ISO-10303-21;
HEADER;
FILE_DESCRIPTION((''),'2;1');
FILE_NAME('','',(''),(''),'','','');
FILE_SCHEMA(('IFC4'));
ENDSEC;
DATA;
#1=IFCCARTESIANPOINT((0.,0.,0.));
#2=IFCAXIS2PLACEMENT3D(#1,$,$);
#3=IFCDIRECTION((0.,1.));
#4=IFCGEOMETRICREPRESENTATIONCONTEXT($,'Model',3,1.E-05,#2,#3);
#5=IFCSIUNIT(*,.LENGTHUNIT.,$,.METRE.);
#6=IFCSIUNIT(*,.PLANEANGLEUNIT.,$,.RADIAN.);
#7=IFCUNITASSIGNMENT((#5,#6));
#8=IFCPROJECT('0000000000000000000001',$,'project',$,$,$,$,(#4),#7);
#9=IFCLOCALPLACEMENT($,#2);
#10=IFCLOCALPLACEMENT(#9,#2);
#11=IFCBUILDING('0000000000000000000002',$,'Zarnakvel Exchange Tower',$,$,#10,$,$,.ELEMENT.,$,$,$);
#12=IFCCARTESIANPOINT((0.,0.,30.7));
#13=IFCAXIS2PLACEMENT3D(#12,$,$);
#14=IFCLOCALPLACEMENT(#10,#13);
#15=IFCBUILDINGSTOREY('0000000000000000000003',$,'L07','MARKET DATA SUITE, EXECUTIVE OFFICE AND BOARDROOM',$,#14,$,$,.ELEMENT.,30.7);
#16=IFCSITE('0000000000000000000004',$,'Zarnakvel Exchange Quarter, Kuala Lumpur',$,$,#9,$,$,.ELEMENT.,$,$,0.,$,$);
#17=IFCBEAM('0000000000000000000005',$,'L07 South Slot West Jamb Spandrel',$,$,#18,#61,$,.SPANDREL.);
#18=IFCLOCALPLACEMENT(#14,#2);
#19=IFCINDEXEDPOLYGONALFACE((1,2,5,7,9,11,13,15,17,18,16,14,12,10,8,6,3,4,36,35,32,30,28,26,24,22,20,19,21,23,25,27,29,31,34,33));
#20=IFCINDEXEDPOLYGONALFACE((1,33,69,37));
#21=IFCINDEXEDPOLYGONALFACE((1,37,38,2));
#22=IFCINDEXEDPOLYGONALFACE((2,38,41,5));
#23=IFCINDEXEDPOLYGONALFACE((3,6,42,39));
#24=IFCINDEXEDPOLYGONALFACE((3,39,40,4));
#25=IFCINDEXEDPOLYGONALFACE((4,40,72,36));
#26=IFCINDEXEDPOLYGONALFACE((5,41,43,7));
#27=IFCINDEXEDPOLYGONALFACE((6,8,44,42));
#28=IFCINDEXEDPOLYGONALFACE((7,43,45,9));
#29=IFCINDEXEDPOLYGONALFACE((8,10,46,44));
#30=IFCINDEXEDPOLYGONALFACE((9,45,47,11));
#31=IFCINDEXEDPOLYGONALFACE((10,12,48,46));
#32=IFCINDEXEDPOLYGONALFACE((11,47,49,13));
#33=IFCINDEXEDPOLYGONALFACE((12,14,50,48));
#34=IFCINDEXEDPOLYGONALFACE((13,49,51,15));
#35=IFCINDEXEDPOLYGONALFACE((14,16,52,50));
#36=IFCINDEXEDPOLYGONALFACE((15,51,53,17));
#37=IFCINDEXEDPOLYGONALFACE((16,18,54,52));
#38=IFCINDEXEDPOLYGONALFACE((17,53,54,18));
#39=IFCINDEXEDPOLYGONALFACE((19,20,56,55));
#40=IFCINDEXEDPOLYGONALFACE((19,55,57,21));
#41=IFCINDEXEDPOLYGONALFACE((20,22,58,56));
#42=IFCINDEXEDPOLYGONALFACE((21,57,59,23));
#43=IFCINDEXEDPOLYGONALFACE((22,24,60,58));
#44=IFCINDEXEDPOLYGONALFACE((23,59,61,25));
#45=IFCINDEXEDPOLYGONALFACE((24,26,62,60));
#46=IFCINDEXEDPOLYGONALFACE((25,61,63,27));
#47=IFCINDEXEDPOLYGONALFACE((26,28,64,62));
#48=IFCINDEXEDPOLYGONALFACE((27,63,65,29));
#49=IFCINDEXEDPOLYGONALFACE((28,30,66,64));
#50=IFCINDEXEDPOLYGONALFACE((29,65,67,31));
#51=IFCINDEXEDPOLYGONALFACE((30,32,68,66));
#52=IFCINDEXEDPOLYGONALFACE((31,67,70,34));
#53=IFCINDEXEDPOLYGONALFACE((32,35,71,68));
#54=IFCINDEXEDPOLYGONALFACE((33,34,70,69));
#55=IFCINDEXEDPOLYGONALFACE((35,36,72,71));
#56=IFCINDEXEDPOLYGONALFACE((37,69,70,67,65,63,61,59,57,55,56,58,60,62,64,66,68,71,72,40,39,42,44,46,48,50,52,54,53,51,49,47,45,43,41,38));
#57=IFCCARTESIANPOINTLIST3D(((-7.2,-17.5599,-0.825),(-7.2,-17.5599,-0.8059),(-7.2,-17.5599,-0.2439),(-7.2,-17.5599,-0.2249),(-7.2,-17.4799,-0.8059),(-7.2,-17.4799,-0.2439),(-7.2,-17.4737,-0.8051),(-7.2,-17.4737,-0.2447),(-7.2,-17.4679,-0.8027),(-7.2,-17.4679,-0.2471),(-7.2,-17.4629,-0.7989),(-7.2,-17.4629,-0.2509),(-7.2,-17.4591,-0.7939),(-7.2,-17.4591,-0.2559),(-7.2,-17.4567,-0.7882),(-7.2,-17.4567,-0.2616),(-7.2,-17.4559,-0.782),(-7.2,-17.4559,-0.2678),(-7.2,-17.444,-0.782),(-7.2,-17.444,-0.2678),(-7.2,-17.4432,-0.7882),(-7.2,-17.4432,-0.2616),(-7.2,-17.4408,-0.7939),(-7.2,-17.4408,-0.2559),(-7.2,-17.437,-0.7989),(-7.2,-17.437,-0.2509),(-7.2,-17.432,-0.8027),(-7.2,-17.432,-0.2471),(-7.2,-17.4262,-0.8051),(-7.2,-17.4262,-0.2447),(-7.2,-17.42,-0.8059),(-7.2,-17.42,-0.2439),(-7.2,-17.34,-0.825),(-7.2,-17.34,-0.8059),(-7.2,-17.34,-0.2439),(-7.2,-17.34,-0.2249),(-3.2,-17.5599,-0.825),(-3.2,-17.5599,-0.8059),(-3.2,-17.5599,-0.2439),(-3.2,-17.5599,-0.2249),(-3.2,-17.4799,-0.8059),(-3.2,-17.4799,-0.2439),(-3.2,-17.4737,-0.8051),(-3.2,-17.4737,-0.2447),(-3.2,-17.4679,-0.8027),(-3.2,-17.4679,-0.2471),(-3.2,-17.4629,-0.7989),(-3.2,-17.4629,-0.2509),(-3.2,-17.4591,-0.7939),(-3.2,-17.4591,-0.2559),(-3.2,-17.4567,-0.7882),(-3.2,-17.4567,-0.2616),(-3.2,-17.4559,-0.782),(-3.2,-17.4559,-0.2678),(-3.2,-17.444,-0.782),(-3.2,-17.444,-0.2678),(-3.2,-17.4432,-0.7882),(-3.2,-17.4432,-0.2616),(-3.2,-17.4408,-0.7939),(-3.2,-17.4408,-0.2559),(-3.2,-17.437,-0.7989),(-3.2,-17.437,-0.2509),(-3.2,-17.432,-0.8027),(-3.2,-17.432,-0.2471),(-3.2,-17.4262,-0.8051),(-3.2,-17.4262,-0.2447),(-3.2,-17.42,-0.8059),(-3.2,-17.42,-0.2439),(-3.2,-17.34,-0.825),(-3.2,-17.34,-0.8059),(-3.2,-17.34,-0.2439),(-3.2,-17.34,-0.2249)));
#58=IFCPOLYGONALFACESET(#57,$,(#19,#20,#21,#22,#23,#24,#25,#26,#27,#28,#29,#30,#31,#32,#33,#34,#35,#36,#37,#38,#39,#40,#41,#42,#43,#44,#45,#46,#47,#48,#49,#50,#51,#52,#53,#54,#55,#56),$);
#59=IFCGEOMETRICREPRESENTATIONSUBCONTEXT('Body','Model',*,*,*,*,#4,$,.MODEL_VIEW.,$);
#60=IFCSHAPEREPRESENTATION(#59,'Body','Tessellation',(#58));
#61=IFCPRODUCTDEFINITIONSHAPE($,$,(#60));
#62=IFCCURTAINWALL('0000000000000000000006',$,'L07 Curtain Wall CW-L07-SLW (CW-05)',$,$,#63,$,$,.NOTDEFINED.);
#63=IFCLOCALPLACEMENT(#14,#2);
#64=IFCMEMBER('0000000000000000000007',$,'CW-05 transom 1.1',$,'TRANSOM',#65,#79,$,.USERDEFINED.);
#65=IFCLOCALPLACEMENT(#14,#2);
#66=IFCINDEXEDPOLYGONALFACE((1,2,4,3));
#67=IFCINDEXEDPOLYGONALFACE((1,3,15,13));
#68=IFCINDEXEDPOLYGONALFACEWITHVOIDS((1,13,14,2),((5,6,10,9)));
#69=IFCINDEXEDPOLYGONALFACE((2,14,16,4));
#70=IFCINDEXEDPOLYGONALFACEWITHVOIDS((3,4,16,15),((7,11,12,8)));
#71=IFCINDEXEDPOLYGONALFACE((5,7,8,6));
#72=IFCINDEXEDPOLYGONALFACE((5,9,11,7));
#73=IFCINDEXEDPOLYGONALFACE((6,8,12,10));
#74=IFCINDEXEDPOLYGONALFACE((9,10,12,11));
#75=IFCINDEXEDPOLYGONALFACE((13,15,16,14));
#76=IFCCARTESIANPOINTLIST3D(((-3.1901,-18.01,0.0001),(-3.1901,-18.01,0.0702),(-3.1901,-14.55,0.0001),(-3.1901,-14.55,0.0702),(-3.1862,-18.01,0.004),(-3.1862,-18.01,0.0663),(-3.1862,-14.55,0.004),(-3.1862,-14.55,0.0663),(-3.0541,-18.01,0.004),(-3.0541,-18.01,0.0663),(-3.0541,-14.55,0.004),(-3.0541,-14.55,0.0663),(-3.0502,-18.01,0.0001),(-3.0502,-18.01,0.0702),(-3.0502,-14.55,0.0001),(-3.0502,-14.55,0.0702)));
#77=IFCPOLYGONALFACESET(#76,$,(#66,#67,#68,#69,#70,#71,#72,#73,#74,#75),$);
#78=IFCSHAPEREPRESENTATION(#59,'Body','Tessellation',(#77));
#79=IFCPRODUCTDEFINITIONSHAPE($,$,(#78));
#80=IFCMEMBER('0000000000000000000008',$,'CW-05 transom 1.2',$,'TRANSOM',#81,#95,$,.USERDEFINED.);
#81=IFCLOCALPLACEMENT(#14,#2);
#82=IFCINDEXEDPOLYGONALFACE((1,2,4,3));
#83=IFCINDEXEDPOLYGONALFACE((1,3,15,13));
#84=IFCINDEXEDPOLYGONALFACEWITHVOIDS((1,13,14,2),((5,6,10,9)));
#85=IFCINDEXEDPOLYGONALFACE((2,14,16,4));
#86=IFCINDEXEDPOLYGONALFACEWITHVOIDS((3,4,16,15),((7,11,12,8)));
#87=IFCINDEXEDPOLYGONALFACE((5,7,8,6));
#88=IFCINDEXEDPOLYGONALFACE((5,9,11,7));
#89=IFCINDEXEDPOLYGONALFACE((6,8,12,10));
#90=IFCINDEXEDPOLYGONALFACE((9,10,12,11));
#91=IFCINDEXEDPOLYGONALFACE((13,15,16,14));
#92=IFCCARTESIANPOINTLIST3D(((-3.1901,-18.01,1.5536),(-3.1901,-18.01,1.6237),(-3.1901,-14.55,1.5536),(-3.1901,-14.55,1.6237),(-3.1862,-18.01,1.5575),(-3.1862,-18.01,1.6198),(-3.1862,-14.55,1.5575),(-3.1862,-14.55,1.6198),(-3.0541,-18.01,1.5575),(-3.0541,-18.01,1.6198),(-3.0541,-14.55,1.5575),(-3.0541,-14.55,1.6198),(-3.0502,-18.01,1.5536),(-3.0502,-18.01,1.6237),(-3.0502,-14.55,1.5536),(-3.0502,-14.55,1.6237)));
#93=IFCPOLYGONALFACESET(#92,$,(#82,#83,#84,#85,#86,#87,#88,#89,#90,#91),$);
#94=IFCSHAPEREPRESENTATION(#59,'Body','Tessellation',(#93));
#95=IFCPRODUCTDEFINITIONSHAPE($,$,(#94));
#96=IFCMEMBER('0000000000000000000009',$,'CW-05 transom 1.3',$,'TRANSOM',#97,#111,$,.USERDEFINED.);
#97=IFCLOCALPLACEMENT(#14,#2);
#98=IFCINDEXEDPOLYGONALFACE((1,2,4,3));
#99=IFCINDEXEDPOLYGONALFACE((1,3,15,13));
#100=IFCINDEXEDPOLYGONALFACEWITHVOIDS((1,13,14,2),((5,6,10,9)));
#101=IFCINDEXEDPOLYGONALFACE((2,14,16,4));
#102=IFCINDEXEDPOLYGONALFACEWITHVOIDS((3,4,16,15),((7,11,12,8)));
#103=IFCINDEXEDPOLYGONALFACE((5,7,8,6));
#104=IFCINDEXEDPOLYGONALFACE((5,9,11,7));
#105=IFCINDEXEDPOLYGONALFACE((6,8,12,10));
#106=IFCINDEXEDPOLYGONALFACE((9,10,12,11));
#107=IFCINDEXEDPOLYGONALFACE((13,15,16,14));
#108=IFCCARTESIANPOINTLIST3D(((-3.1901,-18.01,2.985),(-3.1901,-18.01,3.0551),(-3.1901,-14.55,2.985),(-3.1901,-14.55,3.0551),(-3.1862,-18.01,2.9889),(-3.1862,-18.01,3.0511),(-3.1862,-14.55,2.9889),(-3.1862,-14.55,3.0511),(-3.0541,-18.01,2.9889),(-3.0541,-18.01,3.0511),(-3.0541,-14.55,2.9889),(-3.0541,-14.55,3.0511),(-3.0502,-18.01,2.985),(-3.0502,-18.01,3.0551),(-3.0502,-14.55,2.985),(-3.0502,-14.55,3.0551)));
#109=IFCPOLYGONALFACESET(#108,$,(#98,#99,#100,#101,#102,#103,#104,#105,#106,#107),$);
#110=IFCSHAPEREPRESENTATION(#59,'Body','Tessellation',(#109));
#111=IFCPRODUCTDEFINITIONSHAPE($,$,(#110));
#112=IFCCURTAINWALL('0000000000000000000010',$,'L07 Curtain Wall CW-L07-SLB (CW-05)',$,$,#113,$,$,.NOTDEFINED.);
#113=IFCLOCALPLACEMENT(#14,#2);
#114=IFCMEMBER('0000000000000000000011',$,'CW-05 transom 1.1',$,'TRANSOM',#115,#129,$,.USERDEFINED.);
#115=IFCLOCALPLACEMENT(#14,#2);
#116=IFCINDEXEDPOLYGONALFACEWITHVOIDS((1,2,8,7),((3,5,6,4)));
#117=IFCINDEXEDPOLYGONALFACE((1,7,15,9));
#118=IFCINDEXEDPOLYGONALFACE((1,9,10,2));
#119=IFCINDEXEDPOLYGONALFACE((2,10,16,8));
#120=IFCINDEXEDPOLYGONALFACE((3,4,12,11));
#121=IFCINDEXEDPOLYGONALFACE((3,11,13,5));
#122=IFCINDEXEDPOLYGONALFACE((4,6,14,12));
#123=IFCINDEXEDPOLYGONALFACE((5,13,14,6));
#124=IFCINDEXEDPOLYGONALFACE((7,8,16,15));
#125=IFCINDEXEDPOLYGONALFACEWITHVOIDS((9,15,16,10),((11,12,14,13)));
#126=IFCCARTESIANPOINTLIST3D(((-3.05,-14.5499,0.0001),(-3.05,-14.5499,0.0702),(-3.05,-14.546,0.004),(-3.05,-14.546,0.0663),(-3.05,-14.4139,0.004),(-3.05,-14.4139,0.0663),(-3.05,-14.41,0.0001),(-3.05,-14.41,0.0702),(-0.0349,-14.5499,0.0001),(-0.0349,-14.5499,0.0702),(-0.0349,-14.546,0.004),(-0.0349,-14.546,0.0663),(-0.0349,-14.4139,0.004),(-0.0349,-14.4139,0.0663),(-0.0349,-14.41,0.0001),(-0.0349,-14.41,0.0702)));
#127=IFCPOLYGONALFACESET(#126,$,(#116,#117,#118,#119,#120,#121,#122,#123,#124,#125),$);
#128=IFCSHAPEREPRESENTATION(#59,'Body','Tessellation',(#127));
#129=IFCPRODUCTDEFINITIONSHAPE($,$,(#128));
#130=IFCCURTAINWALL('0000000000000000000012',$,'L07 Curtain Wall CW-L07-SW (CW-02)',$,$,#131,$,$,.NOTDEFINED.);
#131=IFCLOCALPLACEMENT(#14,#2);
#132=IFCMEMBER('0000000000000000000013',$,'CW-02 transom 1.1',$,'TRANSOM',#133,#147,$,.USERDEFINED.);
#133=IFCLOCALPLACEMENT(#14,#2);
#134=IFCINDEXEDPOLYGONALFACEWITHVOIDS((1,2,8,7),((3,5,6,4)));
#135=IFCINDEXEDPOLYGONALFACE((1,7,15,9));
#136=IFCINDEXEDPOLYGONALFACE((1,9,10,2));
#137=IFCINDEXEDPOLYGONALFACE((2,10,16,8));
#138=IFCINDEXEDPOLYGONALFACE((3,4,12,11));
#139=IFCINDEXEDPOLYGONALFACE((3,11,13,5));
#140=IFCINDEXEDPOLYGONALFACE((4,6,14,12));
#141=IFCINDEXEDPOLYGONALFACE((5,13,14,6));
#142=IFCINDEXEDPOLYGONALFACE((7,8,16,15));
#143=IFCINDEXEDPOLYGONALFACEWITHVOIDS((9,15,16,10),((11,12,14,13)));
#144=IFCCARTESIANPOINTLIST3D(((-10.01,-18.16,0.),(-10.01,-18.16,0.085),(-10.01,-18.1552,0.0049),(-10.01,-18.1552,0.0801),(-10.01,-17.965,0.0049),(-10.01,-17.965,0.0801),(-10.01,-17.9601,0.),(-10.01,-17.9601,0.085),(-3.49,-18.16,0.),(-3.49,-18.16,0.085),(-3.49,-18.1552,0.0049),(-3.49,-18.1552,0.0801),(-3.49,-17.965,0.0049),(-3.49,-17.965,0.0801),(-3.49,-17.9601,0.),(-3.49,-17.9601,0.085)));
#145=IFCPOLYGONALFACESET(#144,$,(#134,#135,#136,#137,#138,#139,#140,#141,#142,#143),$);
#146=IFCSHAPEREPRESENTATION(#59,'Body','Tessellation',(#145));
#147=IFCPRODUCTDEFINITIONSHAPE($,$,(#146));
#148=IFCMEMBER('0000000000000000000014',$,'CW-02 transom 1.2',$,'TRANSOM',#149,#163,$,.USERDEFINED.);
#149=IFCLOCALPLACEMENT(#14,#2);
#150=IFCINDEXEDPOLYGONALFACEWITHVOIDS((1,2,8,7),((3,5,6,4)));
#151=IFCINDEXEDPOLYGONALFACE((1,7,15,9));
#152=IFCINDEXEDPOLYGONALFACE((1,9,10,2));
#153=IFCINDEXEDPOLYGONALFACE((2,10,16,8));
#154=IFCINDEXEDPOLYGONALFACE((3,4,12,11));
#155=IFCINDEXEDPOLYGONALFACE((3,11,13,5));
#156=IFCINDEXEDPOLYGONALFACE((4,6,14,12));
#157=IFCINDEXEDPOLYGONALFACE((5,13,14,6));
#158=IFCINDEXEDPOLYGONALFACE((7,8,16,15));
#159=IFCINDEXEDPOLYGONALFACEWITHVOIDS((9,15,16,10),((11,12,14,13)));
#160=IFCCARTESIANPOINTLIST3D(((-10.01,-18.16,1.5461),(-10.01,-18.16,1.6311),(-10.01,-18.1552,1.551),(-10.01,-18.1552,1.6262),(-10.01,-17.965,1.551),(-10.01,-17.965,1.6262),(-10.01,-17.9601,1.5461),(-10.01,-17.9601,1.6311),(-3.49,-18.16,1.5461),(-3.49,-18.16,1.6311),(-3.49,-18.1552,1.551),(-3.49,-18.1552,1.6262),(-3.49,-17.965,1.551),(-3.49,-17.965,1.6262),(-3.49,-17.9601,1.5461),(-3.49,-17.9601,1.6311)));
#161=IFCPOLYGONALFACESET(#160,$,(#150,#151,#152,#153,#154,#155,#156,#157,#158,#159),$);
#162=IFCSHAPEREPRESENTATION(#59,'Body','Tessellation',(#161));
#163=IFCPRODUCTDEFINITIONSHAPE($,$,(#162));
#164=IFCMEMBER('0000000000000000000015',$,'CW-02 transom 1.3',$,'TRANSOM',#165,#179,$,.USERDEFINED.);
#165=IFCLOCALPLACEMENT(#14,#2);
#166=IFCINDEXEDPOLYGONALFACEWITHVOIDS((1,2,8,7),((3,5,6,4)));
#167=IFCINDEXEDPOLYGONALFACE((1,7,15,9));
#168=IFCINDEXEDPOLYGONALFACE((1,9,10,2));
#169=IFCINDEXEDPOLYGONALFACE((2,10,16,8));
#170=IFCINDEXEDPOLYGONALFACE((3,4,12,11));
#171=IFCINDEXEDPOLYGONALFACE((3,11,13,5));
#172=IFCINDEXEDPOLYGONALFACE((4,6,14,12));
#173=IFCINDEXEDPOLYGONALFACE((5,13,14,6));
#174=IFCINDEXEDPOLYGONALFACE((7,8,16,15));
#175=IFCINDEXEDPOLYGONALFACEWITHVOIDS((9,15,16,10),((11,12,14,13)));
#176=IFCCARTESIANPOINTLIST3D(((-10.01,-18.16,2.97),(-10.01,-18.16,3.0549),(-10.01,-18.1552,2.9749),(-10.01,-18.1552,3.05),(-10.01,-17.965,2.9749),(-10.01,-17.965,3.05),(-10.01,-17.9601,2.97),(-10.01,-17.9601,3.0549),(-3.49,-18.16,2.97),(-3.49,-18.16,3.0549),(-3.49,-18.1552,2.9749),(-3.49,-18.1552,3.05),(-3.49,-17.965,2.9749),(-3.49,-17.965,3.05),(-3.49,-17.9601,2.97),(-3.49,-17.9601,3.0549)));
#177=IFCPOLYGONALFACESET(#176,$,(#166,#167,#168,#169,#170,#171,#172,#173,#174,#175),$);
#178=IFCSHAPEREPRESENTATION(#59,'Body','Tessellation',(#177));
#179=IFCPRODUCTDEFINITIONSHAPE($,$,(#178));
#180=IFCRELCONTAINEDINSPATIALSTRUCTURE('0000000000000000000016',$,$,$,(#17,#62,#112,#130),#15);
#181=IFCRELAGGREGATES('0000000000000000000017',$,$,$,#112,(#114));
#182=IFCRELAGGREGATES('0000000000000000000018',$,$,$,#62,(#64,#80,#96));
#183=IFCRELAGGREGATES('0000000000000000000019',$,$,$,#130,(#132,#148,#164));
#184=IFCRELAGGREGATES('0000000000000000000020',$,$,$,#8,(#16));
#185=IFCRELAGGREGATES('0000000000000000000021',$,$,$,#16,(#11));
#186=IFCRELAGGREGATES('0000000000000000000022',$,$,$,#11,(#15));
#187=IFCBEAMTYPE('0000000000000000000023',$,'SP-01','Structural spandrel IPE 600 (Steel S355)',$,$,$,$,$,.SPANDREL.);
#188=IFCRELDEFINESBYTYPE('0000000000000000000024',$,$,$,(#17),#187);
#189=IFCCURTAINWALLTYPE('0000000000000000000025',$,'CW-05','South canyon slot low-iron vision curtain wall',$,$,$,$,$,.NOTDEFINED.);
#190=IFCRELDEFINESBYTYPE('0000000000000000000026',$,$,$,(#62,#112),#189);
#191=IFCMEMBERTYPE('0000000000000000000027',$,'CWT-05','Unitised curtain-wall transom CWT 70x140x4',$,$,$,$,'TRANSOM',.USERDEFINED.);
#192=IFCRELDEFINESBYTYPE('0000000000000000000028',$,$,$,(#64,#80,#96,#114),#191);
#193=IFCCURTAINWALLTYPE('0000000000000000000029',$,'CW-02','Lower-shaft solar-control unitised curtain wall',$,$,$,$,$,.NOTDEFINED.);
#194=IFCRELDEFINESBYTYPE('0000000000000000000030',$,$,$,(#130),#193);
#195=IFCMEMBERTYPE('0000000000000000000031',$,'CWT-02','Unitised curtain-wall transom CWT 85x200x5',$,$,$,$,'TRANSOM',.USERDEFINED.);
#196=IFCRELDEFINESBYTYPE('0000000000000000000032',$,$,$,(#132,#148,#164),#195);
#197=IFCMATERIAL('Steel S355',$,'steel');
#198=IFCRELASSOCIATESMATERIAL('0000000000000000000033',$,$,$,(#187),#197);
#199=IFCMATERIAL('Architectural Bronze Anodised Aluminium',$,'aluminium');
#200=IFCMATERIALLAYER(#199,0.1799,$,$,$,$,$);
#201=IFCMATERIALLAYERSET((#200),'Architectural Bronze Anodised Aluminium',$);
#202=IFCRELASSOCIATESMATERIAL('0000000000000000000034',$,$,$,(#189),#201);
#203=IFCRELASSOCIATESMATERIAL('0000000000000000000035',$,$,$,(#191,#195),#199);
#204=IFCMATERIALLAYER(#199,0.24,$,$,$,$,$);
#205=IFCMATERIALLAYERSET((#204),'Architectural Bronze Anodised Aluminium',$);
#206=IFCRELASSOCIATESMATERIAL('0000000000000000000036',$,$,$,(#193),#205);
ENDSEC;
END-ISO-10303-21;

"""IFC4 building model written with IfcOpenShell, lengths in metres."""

from ifc_helpers import new_model, si_unit, direction, frame, origin, origin_2d, place, context, subcontext, project, spatial, hollow_rectangle, i_section, extrude, source, transform, mapped, material, layer, layer_set, material_profile, profile_set, type_object, element, aggregate, save


model = new_model("IFC4")

# Units and contexts
model_context = context("Model", 3, precision=1e-05, world=origin(), true_north=direction((0.0, 1.0)))
body_context = subcontext(model_context, "Body", "Model", "MODEL_VIEW")
ifc_project = project(units=[si_unit("LENGTHUNIT", "METRE"), si_unit("PLANEANGLEUNIT", "RADIAN")], contexts=[model_context])

# Site, building, storey
site_placement = place(None, origin())
site = spatial("IfcSite", under=ifc_project, at=site_placement, Name="Zarnakvel Exchange Quarter, Kuala Lumpur", CompositionType="ELEMENT", RefElevation=0.0)
building_placement = place(site_placement, origin())
building = spatial("IfcBuilding", under=site, at=building_placement, Name="Zarnakvel Exchange Tower", CompositionType="ELEMENT")
storey_placement = place(building_placement, frame((0.0, 0.0, 30.7)))
storey = spatial("IfcBuildingStorey", under=building, at=storey_placement, Name="L07", Description="MARKET DATA SUITE, EXECUTIVE OFFICE AND BOARDROOM", CompositionType="ELEMENT", Elevation=30.7)

# Beam
ifc_material_1 = material(Name="Steel S355", Category="steel")
ifc_material_profile_1 = material_profile(ifc_material_1, i_section(OverallWidth=0.22, OverallDepth=0.6001, WebThickness=0.012, FlangeThickness=0.019, FilletRadius=0.0239, at=origin_2d()))
ifc_profile_set_1 = profile_set([ifc_material_profile_1], Name="Steel S355")
beam_type_1 = type_object("IfcBeamType", Name="SP-01", Description="Structural spandrel IPE 600 (Steel S355)", PredefinedType="SPANDREL", material=ifc_profile_set_1)
beam_1_placement = place(storey_placement, frame((-7.2, -17.45, -0.5249), z_axis=(1.0, 0.0, 0.0), x_axis=(0.0, 1.0, 0.0)))
element("IfcBeam", 1, at=beam_1_placement, inside=storey, type_object=beam_type_1, Name="L07 South Slot West Jamb Spandrel", PredefinedType="SPANDREL", context=body_context, shape_type="SweptSolid", body=[
    extrude(i_section(OverallWidth=0.22, OverallDepth=0.6001, WebThickness=0.012, FlangeThickness=0.019, FilletRadius=0.0239, at=origin_2d()), origin(), (0.0, 0.0, 1.0), 4.0),
])

# Curtain wall, members
ifc_material_2 = material(Name="Architectural Bronze Anodised Aluminium", Category="aluminium")
ifc_layer_1 = layer(ifc_material_2, 0.1799)
ifc_layer_set_1 = layer_set([ifc_layer_1], Name="Architectural Bronze Anodised Aluminium")
curtain_wall_type_1 = type_object("IfcCurtainWallType", Name="CW-05", Description="South canyon slot low-iron vision curtain wall", PredefinedType="NOTDEFINED", material=ifc_layer_set_1)
curtain_wall_1_placement = place(storey_placement, origin())
curtain_wall_1 = element("IfcCurtainWall", 2, at=curtain_wall_1_placement, inside=storey, type_object=curtain_wall_type_1, Name="L07 Curtain Wall CW-L07-SLW (CW-05)", PredefinedType="NOTDEFINED")
ifc_material_profile_2 = material_profile(ifc_material_2, hollow_rectangle(XDim=0.1399, YDim=0.0701, WallThickness=0.0039, at=origin_2d()))
ifc_profile_set_2 = profile_set([ifc_material_profile_2], Name="Architectural Bronze Anodised Aluminium")
member_type_1 = type_object("IfcMemberType", Name="CWT-05", Description="Unitised curtain-wall transom CWT 70x140x4", ElementType="TRANSOM", PredefinedType="USERDEFINED", material=ifc_profile_set_2)
shared_shape_1 = source(origin(), body_context, "Body", "SweptSolid", [
    extrude(hollow_rectangle(XDim=0.1399, YDim=0.0701, WallThickness=0.0039, at=origin_2d()), origin(), (0.0, 0.0, 1.0), 3.46),
])
member_1_placement = place(storey_placement, frame((-3.1201, -18.01, 0.0352), z_axis=(0.0, 1.0, 0.0), x_axis=(-1.0, 0.0, 0.0)))
member_1 = element("IfcMember", 3, at=member_1_placement, type_object=member_type_1, Name="CW-05 transom 1.1", ObjectType="TRANSOM", PredefinedType="USERDEFINED", context=body_context, shape_type="MappedRepresentation", body=[
    mapped(shared_shape_1, transform((0.0, 0.0, 0.0), x_axis=(1.0, 0.0, 0.0), y_axis=(0.0, 1.0, 0.0), z_axis=(0.0, 0.0, 1.0), scale=1.0)),
])
member_2_placement = place(storey_placement, frame((-3.1201, -18.01, 1.5886), z_axis=(0.0, 1.0, 0.0), x_axis=(-1.0, 0.0, 0.0)))
member_2 = element("IfcMember", 4, at=member_2_placement, type_object=member_type_1, Name="CW-05 transom 1.2", ObjectType="TRANSOM", PredefinedType="USERDEFINED", context=body_context, shape_type="MappedRepresentation", body=[
    mapped(shared_shape_1, transform((0.0, 0.0, 0.0), x_axis=(1.0, 0.0, 0.0), y_axis=(0.0, 1.0, 0.0), z_axis=(0.0, 0.0, 1.0), scale=1.0)),
])
member_3_placement = place(storey_placement, frame((-3.1201, -18.01, 3.02), z_axis=(0.0, 1.0, 0.0), x_axis=(-1.0, 0.0, 0.0)))
member_3 = element("IfcMember", 5, at=member_3_placement, type_object=member_type_1, Name="CW-05 transom 1.3", ObjectType="TRANSOM", PredefinedType="USERDEFINED", context=body_context, shape_type="MappedRepresentation", body=[
    mapped(shared_shape_1, transform((0.0, 0.0, 0.0), x_axis=(1.0, 0.0, 0.0), y_axis=(0.0, 1.0, 0.0), z_axis=(0.0, 0.0, 1.0), scale=1.0)),
])

# Curtain wall, member
curtain_wall_2_placement = place(storey_placement, origin())
curtain_wall_2 = element("IfcCurtainWall", 6, at=curtain_wall_2_placement, inside=storey, type_object=curtain_wall_type_1, Name="L07 Curtain Wall CW-L07-SLB (CW-05)", PredefinedType="NOTDEFINED")
shared_shape_2 = source(origin(), body_context, "Body", "SweptSolid", [
    extrude(hollow_rectangle(XDim=0.1399, YDim=0.0701, WallThickness=0.0039, at=origin_2d()), origin(), (0.0, 0.0, 1.0), 3.0151),
])
member_4_placement = place(storey_placement, frame((-3.05, -14.48, 0.0352), z_axis=(1.0, 0.0, 0.0), x_axis=(0.0, 1.0, 0.0)))
member_4 = element("IfcMember", 7, at=member_4_placement, type_object=member_type_1, Name="CW-05 transom 1.1", ObjectType="TRANSOM", PredefinedType="USERDEFINED", context=body_context, shape_type="MappedRepresentation", body=[
    mapped(shared_shape_2, transform((0.0, 0.0, 0.0), x_axis=(1.0, 0.0, 0.0), y_axis=(0.0, 1.0, 0.0), z_axis=(0.0, 0.0, 1.0), scale=1.0)),
])

# Curtain wall, members
ifc_layer_2 = layer(ifc_material_2, 0.24)
ifc_layer_set_2 = layer_set([ifc_layer_2], Name="Architectural Bronze Anodised Aluminium")
curtain_wall_type_2 = type_object("IfcCurtainWallType", Name="CW-02", Description="Lower-shaft solar-control unitised curtain wall", PredefinedType="NOTDEFINED", material=ifc_layer_set_2)
curtain_wall_3_placement = place(storey_placement, origin())
curtain_wall_3 = element("IfcCurtainWall", 8, at=curtain_wall_3_placement, inside=storey, type_object=curtain_wall_type_2, Name="L07 Curtain Wall CW-L07-SW (CW-02)", PredefinedType="NOTDEFINED")
ifc_material_profile_3 = material_profile(ifc_material_2, hollow_rectangle(XDim=0.2, YDim=0.085, WallThickness=0.0049, at=origin_2d()))
ifc_profile_set_3 = profile_set([ifc_material_profile_3], Name="Architectural Bronze Anodised Aluminium")
member_type_2 = type_object("IfcMemberType", Name="CWT-02", Description="Unitised curtain-wall transom CWT 85x200x5", ElementType="TRANSOM", PredefinedType="USERDEFINED", material=ifc_profile_set_3)
shared_shape_3 = source(origin(), body_context, "Body", "SweptSolid", [
    extrude(hollow_rectangle(XDim=0.2, YDim=0.085, WallThickness=0.0049, at=origin_2d()), origin(), (0.0, 0.0, 1.0), 6.52),
])
member_5_placement = place(storey_placement, frame((-10.01, -18.0601, 0.0425), z_axis=(1.0, 0.0, 0.0), x_axis=(0.0, 1.0, 0.0)))
member_5 = element("IfcMember", 9, at=member_5_placement, type_object=member_type_2, Name="CW-02 transom 1.1", ObjectType="TRANSOM", PredefinedType="USERDEFINED", context=body_context, shape_type="MappedRepresentation", body=[
    mapped(shared_shape_3, transform((0.0, 0.0, 0.0), x_axis=(1.0, 0.0, 0.0), y_axis=(0.0, 1.0, 0.0), z_axis=(0.0, 0.0, 1.0), scale=1.0)),
])
member_6_placement = place(storey_placement, frame((-10.01, -18.0601, 1.5886), z_axis=(1.0, 0.0, 0.0), x_axis=(0.0, 1.0, 0.0)))
member_6 = element("IfcMember", 10, at=member_6_placement, type_object=member_type_2, Name="CW-02 transom 1.2", ObjectType="TRANSOM", PredefinedType="USERDEFINED", context=body_context, shape_type="MappedRepresentation", body=[
    mapped(shared_shape_3, transform((0.0, 0.0, 0.0), x_axis=(1.0, 0.0, 0.0), y_axis=(0.0, 1.0, 0.0), z_axis=(0.0, 0.0, 1.0), scale=1.0)),
])
member_7_placement = place(storey_placement, frame((-10.01, -18.0601, 3.0125), z_axis=(1.0, 0.0, 0.0), x_axis=(0.0, 1.0, 0.0)))
member_7 = element("IfcMember", 11, at=member_7_placement, type_object=member_type_2, Name="CW-02 transom 1.3", ObjectType="TRANSOM", PredefinedType="USERDEFINED", context=body_context, shape_type="MappedRepresentation", body=[
    mapped(shared_shape_3, transform((0.0, 0.0, 0.0), x_axis=(1.0, 0.0, 0.0), y_axis=(0.0, 1.0, 0.0), z_axis=(0.0, 0.0, 1.0), scale=1.0)),
])

aggregate(curtain_wall_2, [member_4])

aggregate(curtain_wall_1, [member_1, member_2, member_3])
aggregate(curtain_wall_3, [member_5, member_6, member_7])

save(model, "model.ifc")
